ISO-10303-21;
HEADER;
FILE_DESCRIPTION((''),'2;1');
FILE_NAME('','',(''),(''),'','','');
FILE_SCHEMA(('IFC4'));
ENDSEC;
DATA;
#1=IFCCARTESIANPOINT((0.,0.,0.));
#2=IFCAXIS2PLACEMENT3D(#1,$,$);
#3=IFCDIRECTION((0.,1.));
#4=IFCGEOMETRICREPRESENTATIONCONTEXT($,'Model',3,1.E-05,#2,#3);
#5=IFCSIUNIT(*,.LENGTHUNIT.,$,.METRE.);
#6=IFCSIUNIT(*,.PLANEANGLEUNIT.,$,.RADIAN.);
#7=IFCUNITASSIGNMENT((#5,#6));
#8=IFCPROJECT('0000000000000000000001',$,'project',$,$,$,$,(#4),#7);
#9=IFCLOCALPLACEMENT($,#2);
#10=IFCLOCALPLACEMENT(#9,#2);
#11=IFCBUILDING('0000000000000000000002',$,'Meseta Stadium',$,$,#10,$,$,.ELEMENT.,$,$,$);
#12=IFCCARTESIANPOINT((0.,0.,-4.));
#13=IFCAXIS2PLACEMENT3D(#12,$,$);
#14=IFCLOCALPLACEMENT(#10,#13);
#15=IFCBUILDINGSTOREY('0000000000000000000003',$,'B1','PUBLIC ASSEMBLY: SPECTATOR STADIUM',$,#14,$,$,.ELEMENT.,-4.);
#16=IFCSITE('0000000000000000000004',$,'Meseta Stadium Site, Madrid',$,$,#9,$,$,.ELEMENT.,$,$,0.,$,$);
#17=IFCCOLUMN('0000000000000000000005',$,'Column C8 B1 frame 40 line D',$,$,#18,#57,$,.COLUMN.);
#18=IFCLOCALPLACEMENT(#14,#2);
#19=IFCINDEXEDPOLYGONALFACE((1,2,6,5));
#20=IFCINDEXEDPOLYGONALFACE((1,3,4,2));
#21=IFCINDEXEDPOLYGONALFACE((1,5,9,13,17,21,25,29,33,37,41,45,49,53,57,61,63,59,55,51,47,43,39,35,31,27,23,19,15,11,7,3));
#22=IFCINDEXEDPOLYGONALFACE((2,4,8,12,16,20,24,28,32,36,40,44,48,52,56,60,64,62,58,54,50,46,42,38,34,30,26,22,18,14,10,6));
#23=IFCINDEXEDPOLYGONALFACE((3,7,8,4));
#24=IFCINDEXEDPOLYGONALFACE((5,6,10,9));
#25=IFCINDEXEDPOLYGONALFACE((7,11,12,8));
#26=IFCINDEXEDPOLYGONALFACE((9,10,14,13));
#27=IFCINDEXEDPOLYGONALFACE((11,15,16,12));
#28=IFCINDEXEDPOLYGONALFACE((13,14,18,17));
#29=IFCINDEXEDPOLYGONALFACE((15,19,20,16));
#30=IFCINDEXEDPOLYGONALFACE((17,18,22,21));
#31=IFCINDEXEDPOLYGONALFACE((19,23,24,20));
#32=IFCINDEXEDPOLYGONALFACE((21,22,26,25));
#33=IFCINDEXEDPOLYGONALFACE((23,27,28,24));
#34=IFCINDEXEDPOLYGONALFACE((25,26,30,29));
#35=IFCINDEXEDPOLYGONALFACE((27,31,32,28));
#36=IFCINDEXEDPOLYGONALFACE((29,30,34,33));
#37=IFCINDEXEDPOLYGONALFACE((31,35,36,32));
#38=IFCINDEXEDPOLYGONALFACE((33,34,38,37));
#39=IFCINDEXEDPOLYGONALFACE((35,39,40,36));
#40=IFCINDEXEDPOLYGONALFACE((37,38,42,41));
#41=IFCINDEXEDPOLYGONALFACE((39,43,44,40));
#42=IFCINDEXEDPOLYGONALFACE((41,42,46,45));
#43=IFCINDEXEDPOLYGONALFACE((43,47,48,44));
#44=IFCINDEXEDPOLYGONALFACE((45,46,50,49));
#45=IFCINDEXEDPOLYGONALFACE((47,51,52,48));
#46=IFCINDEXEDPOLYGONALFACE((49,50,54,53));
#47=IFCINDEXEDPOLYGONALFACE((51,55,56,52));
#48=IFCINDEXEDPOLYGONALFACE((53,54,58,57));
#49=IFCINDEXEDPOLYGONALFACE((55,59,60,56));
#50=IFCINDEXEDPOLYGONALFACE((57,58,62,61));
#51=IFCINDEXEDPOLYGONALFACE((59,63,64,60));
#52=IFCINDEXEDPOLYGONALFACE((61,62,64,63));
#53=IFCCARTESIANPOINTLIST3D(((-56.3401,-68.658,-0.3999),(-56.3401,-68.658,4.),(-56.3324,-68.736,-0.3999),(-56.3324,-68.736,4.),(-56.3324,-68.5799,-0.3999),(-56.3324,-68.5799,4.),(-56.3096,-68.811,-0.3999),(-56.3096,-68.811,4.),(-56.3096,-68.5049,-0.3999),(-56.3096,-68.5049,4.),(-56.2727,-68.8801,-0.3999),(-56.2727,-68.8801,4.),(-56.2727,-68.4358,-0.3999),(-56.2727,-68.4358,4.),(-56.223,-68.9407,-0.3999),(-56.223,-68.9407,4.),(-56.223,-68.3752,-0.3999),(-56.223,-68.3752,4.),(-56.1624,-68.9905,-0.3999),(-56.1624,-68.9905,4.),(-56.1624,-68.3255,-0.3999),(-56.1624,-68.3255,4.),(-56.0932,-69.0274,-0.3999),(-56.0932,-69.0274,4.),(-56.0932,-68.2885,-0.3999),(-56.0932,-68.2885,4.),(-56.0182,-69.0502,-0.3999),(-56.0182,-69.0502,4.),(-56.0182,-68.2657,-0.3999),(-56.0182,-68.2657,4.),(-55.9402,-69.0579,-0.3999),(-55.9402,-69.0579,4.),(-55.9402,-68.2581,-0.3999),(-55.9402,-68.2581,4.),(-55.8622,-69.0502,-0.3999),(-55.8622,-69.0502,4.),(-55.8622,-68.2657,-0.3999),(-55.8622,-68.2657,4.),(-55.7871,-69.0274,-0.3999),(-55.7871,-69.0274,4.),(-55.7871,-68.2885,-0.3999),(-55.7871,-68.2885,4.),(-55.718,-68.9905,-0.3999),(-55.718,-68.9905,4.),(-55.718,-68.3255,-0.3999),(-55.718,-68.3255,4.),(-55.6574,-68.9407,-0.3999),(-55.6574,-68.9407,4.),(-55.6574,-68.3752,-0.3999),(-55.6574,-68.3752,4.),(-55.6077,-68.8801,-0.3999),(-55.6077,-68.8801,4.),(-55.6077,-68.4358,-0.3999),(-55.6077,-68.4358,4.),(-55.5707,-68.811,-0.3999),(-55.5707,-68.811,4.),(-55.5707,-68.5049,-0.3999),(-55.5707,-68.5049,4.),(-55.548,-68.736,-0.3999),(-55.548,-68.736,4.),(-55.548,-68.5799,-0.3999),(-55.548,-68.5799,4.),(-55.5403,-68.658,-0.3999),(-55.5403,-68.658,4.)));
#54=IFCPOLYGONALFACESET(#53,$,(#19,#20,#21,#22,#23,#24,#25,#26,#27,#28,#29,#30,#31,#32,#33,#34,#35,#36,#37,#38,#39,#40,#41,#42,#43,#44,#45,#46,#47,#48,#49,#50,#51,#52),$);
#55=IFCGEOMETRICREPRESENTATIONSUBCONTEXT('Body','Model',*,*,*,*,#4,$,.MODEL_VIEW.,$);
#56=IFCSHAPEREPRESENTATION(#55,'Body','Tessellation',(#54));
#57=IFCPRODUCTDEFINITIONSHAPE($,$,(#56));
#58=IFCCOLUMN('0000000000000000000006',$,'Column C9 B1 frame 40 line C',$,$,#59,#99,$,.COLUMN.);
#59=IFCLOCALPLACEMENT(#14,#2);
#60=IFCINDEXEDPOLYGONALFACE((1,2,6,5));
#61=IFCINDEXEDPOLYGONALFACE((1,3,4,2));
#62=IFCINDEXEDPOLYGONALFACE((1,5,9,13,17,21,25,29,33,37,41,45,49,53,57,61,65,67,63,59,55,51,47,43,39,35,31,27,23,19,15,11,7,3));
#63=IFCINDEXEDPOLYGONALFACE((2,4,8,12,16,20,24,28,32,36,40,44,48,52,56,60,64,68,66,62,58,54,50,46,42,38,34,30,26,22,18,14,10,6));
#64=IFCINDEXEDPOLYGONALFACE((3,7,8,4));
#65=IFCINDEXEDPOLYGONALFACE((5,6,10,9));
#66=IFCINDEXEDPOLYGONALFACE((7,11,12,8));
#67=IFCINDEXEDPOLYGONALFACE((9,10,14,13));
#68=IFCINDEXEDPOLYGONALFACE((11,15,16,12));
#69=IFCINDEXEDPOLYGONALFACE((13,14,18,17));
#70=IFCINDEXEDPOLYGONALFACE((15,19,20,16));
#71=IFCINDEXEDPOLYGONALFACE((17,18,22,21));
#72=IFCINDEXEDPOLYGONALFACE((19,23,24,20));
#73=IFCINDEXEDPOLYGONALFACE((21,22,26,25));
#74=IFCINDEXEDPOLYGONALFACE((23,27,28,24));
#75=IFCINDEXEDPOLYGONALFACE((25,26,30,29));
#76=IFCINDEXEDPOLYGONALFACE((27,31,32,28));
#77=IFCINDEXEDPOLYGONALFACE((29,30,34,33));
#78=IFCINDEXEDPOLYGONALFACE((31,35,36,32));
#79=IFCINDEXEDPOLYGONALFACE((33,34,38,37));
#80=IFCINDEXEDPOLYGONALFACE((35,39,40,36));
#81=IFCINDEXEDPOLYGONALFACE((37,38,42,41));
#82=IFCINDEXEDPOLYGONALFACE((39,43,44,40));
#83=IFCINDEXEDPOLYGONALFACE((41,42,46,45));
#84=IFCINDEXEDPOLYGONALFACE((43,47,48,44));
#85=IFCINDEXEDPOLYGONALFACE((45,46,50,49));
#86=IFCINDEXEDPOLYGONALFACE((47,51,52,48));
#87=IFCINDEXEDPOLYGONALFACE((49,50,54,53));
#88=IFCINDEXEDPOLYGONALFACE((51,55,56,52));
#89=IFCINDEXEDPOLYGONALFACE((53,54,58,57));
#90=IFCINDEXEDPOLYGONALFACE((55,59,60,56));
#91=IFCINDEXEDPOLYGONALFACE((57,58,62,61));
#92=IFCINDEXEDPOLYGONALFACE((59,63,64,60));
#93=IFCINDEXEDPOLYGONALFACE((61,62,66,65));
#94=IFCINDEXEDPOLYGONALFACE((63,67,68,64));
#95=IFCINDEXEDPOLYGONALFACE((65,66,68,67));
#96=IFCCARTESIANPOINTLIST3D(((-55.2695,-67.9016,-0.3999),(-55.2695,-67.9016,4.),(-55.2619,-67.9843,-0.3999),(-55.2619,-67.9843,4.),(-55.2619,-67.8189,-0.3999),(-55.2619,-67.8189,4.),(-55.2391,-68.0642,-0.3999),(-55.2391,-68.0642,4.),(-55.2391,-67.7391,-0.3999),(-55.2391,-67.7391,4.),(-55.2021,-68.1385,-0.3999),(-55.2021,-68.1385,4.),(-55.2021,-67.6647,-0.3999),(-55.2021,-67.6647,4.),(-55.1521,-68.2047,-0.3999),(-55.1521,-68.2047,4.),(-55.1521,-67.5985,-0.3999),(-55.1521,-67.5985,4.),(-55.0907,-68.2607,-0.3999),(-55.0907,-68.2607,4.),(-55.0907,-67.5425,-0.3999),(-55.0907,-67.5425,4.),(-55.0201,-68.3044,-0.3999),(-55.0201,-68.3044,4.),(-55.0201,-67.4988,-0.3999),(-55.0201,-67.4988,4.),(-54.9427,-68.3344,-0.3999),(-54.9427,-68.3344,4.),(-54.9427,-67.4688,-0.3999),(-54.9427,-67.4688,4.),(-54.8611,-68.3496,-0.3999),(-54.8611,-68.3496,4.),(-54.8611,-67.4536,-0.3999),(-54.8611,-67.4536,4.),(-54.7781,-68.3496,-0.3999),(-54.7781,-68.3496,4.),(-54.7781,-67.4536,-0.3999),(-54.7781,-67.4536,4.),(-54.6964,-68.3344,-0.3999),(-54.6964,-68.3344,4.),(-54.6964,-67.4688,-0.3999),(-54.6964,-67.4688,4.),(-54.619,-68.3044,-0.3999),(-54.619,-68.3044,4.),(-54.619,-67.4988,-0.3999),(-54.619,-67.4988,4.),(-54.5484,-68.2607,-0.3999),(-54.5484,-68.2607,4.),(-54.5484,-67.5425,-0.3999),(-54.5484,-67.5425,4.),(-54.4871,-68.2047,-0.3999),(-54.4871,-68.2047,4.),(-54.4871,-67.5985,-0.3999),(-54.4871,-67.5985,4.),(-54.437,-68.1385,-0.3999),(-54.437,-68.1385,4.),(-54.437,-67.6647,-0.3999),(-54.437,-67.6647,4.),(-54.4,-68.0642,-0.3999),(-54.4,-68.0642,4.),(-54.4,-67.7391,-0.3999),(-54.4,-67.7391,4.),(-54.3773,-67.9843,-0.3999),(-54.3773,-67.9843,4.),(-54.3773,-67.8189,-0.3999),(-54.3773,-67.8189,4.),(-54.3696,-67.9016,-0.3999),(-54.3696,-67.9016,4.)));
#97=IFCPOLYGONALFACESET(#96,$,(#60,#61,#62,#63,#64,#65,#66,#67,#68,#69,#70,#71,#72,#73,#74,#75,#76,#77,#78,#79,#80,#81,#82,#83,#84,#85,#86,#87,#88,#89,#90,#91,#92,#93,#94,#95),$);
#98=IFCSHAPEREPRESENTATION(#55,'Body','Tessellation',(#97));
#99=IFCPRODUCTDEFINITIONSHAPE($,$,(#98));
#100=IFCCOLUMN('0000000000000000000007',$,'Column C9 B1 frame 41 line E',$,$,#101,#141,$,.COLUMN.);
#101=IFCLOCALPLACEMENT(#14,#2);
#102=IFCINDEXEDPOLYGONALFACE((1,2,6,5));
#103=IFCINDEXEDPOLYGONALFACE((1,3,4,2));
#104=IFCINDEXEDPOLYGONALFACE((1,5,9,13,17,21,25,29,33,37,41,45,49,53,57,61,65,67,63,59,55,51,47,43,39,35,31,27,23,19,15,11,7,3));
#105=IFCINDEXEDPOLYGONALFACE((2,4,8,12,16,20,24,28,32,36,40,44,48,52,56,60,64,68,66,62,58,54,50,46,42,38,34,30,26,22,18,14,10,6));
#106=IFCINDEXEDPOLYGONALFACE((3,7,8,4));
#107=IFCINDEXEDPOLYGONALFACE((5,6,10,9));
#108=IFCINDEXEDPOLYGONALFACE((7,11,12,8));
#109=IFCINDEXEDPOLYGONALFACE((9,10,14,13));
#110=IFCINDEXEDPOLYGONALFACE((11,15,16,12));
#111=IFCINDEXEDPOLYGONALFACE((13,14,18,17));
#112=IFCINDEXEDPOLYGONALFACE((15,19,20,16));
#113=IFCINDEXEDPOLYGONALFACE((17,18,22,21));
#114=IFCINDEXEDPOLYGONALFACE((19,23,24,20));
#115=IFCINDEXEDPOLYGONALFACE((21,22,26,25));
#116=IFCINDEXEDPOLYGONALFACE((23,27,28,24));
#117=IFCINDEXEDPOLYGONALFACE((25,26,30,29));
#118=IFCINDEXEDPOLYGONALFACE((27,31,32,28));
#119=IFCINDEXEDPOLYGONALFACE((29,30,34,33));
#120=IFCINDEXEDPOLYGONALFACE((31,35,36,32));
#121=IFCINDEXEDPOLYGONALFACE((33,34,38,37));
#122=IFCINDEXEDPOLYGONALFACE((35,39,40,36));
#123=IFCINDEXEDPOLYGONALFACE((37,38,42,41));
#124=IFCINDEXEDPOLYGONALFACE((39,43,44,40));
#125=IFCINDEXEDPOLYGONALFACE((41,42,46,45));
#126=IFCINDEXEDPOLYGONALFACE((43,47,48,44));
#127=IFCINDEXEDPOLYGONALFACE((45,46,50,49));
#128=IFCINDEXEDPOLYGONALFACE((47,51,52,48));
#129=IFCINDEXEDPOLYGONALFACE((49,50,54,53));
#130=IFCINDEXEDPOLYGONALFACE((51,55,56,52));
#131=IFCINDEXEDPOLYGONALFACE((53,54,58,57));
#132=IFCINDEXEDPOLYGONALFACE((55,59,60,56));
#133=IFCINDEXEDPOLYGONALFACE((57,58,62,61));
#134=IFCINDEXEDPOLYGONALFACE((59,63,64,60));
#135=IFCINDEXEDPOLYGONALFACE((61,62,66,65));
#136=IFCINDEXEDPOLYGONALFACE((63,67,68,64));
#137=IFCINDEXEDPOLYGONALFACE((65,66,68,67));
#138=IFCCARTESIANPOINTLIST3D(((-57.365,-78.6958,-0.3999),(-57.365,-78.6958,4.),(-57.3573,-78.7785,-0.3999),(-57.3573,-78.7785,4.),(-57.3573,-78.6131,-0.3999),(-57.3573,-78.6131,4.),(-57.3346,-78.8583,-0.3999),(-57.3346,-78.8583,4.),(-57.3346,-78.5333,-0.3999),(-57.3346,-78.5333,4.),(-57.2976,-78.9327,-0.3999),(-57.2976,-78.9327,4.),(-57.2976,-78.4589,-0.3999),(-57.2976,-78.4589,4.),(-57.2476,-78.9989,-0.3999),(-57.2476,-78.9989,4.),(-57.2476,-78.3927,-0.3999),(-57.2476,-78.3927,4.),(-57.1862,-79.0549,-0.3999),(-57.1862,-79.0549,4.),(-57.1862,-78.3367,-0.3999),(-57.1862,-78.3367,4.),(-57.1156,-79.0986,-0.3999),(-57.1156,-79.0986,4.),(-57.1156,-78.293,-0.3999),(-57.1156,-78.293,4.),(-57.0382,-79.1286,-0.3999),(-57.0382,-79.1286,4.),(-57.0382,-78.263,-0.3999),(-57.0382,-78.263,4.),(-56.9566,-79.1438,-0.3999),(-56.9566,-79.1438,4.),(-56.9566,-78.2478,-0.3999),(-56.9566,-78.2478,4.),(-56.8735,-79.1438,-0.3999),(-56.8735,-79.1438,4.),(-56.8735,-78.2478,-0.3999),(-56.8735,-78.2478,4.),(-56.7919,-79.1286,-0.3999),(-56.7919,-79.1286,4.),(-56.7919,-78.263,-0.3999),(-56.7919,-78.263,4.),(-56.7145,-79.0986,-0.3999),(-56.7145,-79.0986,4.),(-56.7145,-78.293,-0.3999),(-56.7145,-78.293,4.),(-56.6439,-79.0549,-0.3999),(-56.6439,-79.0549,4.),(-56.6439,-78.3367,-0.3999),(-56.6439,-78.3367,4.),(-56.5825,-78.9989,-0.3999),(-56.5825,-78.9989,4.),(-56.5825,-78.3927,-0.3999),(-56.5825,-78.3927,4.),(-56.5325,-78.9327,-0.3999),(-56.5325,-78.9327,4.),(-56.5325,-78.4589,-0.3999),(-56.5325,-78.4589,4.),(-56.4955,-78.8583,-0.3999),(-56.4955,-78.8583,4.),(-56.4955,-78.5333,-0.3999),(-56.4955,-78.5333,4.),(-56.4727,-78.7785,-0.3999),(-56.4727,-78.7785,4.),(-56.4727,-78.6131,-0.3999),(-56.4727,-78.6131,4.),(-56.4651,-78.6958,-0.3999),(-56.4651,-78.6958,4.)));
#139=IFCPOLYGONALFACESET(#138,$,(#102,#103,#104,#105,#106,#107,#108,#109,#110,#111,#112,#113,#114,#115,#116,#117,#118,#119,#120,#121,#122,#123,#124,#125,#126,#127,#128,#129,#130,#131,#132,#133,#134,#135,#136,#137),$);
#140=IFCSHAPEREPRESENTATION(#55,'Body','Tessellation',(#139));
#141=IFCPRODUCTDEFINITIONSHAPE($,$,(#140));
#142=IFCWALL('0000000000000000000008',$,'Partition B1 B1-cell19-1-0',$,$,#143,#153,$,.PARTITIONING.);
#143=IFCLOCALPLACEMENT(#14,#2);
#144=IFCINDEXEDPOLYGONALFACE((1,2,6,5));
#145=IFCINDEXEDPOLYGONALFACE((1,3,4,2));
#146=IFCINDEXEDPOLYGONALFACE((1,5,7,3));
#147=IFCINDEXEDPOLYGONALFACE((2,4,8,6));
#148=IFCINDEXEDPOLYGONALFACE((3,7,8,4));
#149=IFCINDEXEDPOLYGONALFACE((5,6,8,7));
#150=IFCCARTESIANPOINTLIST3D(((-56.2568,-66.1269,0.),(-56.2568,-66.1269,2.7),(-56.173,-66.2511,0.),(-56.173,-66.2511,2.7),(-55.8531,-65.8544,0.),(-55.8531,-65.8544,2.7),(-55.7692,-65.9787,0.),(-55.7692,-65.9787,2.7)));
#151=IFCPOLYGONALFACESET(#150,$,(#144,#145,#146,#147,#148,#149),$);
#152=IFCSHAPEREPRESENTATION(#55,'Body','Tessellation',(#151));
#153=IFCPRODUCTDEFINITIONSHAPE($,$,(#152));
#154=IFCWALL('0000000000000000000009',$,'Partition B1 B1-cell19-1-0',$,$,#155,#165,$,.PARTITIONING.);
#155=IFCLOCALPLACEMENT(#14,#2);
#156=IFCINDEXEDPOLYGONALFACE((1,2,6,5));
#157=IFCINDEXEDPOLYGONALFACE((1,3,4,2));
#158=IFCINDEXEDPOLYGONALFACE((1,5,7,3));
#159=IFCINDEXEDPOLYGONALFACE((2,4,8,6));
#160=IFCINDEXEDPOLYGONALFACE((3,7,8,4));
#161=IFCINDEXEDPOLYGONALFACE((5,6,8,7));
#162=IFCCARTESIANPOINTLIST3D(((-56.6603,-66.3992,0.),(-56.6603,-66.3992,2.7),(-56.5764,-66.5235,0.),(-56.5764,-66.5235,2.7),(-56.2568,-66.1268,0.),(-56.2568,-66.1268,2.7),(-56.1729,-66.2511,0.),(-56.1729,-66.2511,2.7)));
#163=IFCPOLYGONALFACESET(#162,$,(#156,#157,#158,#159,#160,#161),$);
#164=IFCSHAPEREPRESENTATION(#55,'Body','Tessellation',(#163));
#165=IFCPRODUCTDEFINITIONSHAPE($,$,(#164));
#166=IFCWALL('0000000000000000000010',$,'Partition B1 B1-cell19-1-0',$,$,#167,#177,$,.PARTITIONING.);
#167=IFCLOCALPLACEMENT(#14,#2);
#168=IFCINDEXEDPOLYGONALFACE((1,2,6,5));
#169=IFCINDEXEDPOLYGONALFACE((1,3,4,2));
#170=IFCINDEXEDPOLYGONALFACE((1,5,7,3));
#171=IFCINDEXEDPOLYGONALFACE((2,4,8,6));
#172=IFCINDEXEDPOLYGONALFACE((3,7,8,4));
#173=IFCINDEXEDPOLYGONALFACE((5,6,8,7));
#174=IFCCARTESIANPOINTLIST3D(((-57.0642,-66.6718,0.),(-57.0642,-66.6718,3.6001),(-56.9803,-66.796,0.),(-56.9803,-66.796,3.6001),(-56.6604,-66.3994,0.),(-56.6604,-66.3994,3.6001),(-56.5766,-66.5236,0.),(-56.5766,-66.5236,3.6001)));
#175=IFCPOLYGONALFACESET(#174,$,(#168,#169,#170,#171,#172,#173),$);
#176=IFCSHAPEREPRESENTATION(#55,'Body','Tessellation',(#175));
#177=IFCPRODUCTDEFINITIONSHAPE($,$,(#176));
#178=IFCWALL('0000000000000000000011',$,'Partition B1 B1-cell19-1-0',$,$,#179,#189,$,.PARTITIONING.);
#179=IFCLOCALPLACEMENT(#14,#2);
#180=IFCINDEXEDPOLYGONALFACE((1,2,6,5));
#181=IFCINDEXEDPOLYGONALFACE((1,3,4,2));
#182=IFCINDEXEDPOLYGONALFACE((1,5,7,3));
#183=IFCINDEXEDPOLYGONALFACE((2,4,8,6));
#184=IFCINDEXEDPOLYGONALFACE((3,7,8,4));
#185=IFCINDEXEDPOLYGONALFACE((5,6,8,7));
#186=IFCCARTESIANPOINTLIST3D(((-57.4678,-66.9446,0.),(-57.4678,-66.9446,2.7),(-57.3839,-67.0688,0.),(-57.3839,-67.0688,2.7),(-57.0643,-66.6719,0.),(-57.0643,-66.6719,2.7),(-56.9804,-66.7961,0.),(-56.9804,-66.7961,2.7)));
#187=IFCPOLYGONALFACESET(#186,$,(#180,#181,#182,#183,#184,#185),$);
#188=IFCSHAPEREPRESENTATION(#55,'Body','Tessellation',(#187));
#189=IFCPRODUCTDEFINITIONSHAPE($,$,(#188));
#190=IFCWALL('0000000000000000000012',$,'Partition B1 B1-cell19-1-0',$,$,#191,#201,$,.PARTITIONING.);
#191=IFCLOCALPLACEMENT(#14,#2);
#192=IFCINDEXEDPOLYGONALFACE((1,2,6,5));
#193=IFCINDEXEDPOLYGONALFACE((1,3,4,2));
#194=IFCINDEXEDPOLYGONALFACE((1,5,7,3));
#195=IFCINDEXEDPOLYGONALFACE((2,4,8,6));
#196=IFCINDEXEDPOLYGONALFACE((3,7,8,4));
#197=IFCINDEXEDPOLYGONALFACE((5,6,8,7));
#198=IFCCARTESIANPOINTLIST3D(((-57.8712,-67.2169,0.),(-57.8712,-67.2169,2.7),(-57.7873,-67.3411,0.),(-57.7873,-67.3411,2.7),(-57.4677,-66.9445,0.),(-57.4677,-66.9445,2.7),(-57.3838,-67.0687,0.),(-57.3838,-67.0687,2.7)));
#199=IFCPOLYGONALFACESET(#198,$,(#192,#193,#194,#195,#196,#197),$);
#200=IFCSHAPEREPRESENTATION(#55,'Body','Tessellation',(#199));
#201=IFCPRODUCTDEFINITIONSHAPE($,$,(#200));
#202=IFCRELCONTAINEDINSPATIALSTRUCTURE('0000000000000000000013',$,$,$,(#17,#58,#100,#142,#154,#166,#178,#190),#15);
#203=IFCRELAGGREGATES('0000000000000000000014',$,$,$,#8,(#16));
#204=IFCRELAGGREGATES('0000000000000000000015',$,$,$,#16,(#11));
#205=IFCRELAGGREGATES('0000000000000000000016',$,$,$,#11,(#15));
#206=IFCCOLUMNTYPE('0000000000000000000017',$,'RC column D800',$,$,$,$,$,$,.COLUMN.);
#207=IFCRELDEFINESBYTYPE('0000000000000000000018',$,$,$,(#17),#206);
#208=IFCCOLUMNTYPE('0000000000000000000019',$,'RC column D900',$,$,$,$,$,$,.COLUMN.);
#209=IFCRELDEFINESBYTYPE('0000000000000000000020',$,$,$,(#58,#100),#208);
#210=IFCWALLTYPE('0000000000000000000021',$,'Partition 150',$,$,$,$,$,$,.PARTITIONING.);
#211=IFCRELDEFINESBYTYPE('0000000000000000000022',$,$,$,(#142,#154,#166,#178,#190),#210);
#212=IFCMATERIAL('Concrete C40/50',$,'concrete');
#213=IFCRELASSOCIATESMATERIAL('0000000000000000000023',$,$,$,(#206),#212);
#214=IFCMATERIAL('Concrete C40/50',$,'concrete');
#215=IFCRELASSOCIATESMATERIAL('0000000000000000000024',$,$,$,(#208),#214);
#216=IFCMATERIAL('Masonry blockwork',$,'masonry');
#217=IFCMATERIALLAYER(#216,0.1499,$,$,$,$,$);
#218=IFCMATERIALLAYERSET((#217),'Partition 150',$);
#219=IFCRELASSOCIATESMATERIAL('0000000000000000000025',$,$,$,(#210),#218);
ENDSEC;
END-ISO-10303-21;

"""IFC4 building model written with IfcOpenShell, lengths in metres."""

from ifc_helpers import new_model, si_unit, direction, frame, frame_2d, origin, origin_2d, place, context, subcontext, project, spatial, rectangle, circle, extrude, material, layer, layer_set, material_profile, profile_set, type_object, element, save


model = new_model("IFC4")

# Units and contexts
model_context = context("Model", 3, precision=1e-05, world=origin(), true_north=direction((0.0, 1.0)))
body_context = subcontext(model_context, "Body", "Model", "MODEL_VIEW")
ifc_project = project(units=[si_unit("LENGTHUNIT", "METRE"), si_unit("PLANEANGLEUNIT", "RADIAN")], contexts=[model_context])

# Site, building, storey
site_placement = place(None, origin())
site = spatial("IfcSite", under=ifc_project, at=site_placement, Name="Meseta Stadium Site, Madrid", CompositionType="ELEMENT", RefElevation=0.0)
building_placement = place(site_placement, origin())
building = spatial("IfcBuilding", under=site, at=building_placement, Name="Meseta Stadium", CompositionType="ELEMENT")
storey_placement = place(building_placement, frame((0.0, 0.0, -4.0)))
storey = spatial("IfcBuildingStorey", under=building, at=storey_placement, Name="B1", Description="PUBLIC ASSEMBLY: SPECTATOR STADIUM", CompositionType="ELEMENT", Elevation=-4.0)

# Columns
ifc_material_1 = material(Name="Concrete C40/50", Category="concrete")
ifc_material_profile_1 = material_profile(ifc_material_1, circle(Radius=0.3999, at=origin_2d()), Name="RC D800")
ifc_profile_set_1 = profile_set([ifc_material_profile_1], Name="Concrete C40/50")
column_type_1 = type_object("IfcColumnType", Name="RC column D800", PredefinedType="COLUMN", material=ifc_profile_set_1)
column_placement = place(storey_placement, frame((-55.9402, -68.658, -0.3999), z_axis=(0.0, 0.0, 1.0), x_axis=(1.0, 0.0, 0.0)))
element("IfcColumn", 1, at=column_placement, inside=storey, type_object=column_type_1, Name="Column C8 B1 frame 40 line D", PredefinedType="COLUMN", context=body_context, shape_type="SweptSolid", body=[
    extrude(circle(Radius=0.3999, at=origin_2d()), origin(), (0.0, 0.0, 1.0), 4.3999),
])
ifc_material_2 = material(Name="Concrete C40/50", Category="concrete")
ifc_material_profile_2 = material_profile(ifc_material_2, circle(Radius=0.45, at=origin_2d()), Name="RC D900")
ifc_profile_set_2 = profile_set([ifc_material_profile_2], Name="Concrete C40/50")
column_type_2 = type_object("IfcColumnType", Name="RC column D900", PredefinedType="COLUMN", material=ifc_profile_set_2)
for number, where, z_axis, x_axis, name in (
    (2, (-54.8196, -67.9016, -0.3999), (0.0, 0.0, 1.0), (1.0, 0.0, 0.0), "Column C9 B1 frame 40 line C"),
    (3, (-56.915, -78.6958, -0.3999), (0.0, 0.0, 1.0), (1.0, 0.0, 0.0), "Column C9 B1 frame 41 line E"),
):
    element("IfcColumn", number, at=place(storey_placement, frame(where, z_axis=z_axis, x_axis=x_axis)), inside=storey, type_object=column_type_2, Name=name, PredefinedType="COLUMN", context=body_context, shape_type="SweptSolid", body=[
        extrude(circle(Radius=0.45, at=origin_2d()), origin(), (0.0, 0.0, 1.0), 4.3999),
    ])

# Walls
ifc_material_3 = material(Name="Masonry blockwork", Category="masonry")
ifc_layer = layer(ifc_material_3, 0.1499)
ifc_layer_set = layer_set([ifc_layer], Name="Partition 150")
wall_type = type_object("IfcWallType", Name="Partition 150", PredefinedType="PARTITIONING", material=ifc_layer_set)
wall_1_placement = place(storey_placement, frame((-55.811, -65.9165, 0.0), z_axis=(0.0, 0.0, 1.0), x_axis=(-0.828953, -0.559318, 0.0)))
element("IfcWall", 4, at=wall_1_placement, inside=storey, type_object=wall_type, Name="Partition B1 B1-cell19-1-0", PredefinedType="PARTITIONING", context=body_context, shape_type="SweptSolid", body=[
    extrude(rectangle(XDim=0.4871, YDim=0.1499, at=frame_2d((0.2437, 0.0))), origin(), (0.0, 0.0, 1.0), 2.7),
])
wall_2_placement = place(storey_placement, frame((-56.2148, -66.189, 0.0), z_axis=(0.0, 0.0, 1.0), x_axis=(-0.828796, -0.55955, 0.0)))
element("IfcWall", 5, at=wall_2_placement, inside=storey, type_object=wall_type, Name="Partition B1 B1-cell19-1-0", PredefinedType="PARTITIONING", context=body_context, shape_type="SweptSolid", body=[
    extrude(rectangle(XDim=0.4868, YDim=0.1499, at=frame_2d((0.2434, 0.0))), origin(), (0.0, 0.0, 1.0), 2.7),
])
wall_3_placement = place(storey_placement, frame((-56.6184, -66.4614, 0.0), z_axis=(0.0, 0.0, 1.0), x_axis=(-0.828953, -0.559318, 0.0)))
element("IfcWall", 6, at=wall_3_placement, inside=storey, type_object=wall_type, Name="Partition B1 B1-cell19-1-0", PredefinedType="PARTITIONING", context=body_context, shape_type="SweptSolid", body=[
    extrude(rectangle(XDim=0.4871, YDim=0.1499, at=frame_2d((0.2437, 0.0))), origin(), (0.0, 0.0, 1.0), 3.6001),
])
wall_4_placement = place(storey_placement, frame((-57.0222, -66.7339, 0.0), z_axis=(0.0, 0.0, 1.0), x_axis=(-0.828564, -0.559895, 0.0)))
element("IfcWall", 7, at=wall_4_placement, inside=storey, type_object=wall_type, Name="Partition B1 B1-cell19-1-0", PredefinedType="PARTITIONING", context=body_context, shape_type="SweptSolid", body=[
    extrude(rectangle(XDim=0.4871, YDim=0.1499, at=frame_2d((0.2437, 0.0))), origin(), (0.0, 0.0, 1.0), 2.7),
])
wall_5_placement = place(storey_placement, frame((-57.4258, -67.0066, 0.0), z_axis=(0.0, 0.0, 1.0), x_axis=(-0.828796, -0.55955, 0.0)))
element("IfcWall", 8, at=wall_5_placement, inside=storey, type_object=wall_type, Name="Partition B1 B1-cell19-1-0", PredefinedType="PARTITIONING", context=body_context, shape_type="SweptSolid", body=[
    extrude(rectangle(XDim=0.4868, YDim=0.1499, at=frame_2d((0.2434, 0.0))), origin(), (0.0, 0.0, 1.0), 2.7),
])

save(model, "model.ifc")
